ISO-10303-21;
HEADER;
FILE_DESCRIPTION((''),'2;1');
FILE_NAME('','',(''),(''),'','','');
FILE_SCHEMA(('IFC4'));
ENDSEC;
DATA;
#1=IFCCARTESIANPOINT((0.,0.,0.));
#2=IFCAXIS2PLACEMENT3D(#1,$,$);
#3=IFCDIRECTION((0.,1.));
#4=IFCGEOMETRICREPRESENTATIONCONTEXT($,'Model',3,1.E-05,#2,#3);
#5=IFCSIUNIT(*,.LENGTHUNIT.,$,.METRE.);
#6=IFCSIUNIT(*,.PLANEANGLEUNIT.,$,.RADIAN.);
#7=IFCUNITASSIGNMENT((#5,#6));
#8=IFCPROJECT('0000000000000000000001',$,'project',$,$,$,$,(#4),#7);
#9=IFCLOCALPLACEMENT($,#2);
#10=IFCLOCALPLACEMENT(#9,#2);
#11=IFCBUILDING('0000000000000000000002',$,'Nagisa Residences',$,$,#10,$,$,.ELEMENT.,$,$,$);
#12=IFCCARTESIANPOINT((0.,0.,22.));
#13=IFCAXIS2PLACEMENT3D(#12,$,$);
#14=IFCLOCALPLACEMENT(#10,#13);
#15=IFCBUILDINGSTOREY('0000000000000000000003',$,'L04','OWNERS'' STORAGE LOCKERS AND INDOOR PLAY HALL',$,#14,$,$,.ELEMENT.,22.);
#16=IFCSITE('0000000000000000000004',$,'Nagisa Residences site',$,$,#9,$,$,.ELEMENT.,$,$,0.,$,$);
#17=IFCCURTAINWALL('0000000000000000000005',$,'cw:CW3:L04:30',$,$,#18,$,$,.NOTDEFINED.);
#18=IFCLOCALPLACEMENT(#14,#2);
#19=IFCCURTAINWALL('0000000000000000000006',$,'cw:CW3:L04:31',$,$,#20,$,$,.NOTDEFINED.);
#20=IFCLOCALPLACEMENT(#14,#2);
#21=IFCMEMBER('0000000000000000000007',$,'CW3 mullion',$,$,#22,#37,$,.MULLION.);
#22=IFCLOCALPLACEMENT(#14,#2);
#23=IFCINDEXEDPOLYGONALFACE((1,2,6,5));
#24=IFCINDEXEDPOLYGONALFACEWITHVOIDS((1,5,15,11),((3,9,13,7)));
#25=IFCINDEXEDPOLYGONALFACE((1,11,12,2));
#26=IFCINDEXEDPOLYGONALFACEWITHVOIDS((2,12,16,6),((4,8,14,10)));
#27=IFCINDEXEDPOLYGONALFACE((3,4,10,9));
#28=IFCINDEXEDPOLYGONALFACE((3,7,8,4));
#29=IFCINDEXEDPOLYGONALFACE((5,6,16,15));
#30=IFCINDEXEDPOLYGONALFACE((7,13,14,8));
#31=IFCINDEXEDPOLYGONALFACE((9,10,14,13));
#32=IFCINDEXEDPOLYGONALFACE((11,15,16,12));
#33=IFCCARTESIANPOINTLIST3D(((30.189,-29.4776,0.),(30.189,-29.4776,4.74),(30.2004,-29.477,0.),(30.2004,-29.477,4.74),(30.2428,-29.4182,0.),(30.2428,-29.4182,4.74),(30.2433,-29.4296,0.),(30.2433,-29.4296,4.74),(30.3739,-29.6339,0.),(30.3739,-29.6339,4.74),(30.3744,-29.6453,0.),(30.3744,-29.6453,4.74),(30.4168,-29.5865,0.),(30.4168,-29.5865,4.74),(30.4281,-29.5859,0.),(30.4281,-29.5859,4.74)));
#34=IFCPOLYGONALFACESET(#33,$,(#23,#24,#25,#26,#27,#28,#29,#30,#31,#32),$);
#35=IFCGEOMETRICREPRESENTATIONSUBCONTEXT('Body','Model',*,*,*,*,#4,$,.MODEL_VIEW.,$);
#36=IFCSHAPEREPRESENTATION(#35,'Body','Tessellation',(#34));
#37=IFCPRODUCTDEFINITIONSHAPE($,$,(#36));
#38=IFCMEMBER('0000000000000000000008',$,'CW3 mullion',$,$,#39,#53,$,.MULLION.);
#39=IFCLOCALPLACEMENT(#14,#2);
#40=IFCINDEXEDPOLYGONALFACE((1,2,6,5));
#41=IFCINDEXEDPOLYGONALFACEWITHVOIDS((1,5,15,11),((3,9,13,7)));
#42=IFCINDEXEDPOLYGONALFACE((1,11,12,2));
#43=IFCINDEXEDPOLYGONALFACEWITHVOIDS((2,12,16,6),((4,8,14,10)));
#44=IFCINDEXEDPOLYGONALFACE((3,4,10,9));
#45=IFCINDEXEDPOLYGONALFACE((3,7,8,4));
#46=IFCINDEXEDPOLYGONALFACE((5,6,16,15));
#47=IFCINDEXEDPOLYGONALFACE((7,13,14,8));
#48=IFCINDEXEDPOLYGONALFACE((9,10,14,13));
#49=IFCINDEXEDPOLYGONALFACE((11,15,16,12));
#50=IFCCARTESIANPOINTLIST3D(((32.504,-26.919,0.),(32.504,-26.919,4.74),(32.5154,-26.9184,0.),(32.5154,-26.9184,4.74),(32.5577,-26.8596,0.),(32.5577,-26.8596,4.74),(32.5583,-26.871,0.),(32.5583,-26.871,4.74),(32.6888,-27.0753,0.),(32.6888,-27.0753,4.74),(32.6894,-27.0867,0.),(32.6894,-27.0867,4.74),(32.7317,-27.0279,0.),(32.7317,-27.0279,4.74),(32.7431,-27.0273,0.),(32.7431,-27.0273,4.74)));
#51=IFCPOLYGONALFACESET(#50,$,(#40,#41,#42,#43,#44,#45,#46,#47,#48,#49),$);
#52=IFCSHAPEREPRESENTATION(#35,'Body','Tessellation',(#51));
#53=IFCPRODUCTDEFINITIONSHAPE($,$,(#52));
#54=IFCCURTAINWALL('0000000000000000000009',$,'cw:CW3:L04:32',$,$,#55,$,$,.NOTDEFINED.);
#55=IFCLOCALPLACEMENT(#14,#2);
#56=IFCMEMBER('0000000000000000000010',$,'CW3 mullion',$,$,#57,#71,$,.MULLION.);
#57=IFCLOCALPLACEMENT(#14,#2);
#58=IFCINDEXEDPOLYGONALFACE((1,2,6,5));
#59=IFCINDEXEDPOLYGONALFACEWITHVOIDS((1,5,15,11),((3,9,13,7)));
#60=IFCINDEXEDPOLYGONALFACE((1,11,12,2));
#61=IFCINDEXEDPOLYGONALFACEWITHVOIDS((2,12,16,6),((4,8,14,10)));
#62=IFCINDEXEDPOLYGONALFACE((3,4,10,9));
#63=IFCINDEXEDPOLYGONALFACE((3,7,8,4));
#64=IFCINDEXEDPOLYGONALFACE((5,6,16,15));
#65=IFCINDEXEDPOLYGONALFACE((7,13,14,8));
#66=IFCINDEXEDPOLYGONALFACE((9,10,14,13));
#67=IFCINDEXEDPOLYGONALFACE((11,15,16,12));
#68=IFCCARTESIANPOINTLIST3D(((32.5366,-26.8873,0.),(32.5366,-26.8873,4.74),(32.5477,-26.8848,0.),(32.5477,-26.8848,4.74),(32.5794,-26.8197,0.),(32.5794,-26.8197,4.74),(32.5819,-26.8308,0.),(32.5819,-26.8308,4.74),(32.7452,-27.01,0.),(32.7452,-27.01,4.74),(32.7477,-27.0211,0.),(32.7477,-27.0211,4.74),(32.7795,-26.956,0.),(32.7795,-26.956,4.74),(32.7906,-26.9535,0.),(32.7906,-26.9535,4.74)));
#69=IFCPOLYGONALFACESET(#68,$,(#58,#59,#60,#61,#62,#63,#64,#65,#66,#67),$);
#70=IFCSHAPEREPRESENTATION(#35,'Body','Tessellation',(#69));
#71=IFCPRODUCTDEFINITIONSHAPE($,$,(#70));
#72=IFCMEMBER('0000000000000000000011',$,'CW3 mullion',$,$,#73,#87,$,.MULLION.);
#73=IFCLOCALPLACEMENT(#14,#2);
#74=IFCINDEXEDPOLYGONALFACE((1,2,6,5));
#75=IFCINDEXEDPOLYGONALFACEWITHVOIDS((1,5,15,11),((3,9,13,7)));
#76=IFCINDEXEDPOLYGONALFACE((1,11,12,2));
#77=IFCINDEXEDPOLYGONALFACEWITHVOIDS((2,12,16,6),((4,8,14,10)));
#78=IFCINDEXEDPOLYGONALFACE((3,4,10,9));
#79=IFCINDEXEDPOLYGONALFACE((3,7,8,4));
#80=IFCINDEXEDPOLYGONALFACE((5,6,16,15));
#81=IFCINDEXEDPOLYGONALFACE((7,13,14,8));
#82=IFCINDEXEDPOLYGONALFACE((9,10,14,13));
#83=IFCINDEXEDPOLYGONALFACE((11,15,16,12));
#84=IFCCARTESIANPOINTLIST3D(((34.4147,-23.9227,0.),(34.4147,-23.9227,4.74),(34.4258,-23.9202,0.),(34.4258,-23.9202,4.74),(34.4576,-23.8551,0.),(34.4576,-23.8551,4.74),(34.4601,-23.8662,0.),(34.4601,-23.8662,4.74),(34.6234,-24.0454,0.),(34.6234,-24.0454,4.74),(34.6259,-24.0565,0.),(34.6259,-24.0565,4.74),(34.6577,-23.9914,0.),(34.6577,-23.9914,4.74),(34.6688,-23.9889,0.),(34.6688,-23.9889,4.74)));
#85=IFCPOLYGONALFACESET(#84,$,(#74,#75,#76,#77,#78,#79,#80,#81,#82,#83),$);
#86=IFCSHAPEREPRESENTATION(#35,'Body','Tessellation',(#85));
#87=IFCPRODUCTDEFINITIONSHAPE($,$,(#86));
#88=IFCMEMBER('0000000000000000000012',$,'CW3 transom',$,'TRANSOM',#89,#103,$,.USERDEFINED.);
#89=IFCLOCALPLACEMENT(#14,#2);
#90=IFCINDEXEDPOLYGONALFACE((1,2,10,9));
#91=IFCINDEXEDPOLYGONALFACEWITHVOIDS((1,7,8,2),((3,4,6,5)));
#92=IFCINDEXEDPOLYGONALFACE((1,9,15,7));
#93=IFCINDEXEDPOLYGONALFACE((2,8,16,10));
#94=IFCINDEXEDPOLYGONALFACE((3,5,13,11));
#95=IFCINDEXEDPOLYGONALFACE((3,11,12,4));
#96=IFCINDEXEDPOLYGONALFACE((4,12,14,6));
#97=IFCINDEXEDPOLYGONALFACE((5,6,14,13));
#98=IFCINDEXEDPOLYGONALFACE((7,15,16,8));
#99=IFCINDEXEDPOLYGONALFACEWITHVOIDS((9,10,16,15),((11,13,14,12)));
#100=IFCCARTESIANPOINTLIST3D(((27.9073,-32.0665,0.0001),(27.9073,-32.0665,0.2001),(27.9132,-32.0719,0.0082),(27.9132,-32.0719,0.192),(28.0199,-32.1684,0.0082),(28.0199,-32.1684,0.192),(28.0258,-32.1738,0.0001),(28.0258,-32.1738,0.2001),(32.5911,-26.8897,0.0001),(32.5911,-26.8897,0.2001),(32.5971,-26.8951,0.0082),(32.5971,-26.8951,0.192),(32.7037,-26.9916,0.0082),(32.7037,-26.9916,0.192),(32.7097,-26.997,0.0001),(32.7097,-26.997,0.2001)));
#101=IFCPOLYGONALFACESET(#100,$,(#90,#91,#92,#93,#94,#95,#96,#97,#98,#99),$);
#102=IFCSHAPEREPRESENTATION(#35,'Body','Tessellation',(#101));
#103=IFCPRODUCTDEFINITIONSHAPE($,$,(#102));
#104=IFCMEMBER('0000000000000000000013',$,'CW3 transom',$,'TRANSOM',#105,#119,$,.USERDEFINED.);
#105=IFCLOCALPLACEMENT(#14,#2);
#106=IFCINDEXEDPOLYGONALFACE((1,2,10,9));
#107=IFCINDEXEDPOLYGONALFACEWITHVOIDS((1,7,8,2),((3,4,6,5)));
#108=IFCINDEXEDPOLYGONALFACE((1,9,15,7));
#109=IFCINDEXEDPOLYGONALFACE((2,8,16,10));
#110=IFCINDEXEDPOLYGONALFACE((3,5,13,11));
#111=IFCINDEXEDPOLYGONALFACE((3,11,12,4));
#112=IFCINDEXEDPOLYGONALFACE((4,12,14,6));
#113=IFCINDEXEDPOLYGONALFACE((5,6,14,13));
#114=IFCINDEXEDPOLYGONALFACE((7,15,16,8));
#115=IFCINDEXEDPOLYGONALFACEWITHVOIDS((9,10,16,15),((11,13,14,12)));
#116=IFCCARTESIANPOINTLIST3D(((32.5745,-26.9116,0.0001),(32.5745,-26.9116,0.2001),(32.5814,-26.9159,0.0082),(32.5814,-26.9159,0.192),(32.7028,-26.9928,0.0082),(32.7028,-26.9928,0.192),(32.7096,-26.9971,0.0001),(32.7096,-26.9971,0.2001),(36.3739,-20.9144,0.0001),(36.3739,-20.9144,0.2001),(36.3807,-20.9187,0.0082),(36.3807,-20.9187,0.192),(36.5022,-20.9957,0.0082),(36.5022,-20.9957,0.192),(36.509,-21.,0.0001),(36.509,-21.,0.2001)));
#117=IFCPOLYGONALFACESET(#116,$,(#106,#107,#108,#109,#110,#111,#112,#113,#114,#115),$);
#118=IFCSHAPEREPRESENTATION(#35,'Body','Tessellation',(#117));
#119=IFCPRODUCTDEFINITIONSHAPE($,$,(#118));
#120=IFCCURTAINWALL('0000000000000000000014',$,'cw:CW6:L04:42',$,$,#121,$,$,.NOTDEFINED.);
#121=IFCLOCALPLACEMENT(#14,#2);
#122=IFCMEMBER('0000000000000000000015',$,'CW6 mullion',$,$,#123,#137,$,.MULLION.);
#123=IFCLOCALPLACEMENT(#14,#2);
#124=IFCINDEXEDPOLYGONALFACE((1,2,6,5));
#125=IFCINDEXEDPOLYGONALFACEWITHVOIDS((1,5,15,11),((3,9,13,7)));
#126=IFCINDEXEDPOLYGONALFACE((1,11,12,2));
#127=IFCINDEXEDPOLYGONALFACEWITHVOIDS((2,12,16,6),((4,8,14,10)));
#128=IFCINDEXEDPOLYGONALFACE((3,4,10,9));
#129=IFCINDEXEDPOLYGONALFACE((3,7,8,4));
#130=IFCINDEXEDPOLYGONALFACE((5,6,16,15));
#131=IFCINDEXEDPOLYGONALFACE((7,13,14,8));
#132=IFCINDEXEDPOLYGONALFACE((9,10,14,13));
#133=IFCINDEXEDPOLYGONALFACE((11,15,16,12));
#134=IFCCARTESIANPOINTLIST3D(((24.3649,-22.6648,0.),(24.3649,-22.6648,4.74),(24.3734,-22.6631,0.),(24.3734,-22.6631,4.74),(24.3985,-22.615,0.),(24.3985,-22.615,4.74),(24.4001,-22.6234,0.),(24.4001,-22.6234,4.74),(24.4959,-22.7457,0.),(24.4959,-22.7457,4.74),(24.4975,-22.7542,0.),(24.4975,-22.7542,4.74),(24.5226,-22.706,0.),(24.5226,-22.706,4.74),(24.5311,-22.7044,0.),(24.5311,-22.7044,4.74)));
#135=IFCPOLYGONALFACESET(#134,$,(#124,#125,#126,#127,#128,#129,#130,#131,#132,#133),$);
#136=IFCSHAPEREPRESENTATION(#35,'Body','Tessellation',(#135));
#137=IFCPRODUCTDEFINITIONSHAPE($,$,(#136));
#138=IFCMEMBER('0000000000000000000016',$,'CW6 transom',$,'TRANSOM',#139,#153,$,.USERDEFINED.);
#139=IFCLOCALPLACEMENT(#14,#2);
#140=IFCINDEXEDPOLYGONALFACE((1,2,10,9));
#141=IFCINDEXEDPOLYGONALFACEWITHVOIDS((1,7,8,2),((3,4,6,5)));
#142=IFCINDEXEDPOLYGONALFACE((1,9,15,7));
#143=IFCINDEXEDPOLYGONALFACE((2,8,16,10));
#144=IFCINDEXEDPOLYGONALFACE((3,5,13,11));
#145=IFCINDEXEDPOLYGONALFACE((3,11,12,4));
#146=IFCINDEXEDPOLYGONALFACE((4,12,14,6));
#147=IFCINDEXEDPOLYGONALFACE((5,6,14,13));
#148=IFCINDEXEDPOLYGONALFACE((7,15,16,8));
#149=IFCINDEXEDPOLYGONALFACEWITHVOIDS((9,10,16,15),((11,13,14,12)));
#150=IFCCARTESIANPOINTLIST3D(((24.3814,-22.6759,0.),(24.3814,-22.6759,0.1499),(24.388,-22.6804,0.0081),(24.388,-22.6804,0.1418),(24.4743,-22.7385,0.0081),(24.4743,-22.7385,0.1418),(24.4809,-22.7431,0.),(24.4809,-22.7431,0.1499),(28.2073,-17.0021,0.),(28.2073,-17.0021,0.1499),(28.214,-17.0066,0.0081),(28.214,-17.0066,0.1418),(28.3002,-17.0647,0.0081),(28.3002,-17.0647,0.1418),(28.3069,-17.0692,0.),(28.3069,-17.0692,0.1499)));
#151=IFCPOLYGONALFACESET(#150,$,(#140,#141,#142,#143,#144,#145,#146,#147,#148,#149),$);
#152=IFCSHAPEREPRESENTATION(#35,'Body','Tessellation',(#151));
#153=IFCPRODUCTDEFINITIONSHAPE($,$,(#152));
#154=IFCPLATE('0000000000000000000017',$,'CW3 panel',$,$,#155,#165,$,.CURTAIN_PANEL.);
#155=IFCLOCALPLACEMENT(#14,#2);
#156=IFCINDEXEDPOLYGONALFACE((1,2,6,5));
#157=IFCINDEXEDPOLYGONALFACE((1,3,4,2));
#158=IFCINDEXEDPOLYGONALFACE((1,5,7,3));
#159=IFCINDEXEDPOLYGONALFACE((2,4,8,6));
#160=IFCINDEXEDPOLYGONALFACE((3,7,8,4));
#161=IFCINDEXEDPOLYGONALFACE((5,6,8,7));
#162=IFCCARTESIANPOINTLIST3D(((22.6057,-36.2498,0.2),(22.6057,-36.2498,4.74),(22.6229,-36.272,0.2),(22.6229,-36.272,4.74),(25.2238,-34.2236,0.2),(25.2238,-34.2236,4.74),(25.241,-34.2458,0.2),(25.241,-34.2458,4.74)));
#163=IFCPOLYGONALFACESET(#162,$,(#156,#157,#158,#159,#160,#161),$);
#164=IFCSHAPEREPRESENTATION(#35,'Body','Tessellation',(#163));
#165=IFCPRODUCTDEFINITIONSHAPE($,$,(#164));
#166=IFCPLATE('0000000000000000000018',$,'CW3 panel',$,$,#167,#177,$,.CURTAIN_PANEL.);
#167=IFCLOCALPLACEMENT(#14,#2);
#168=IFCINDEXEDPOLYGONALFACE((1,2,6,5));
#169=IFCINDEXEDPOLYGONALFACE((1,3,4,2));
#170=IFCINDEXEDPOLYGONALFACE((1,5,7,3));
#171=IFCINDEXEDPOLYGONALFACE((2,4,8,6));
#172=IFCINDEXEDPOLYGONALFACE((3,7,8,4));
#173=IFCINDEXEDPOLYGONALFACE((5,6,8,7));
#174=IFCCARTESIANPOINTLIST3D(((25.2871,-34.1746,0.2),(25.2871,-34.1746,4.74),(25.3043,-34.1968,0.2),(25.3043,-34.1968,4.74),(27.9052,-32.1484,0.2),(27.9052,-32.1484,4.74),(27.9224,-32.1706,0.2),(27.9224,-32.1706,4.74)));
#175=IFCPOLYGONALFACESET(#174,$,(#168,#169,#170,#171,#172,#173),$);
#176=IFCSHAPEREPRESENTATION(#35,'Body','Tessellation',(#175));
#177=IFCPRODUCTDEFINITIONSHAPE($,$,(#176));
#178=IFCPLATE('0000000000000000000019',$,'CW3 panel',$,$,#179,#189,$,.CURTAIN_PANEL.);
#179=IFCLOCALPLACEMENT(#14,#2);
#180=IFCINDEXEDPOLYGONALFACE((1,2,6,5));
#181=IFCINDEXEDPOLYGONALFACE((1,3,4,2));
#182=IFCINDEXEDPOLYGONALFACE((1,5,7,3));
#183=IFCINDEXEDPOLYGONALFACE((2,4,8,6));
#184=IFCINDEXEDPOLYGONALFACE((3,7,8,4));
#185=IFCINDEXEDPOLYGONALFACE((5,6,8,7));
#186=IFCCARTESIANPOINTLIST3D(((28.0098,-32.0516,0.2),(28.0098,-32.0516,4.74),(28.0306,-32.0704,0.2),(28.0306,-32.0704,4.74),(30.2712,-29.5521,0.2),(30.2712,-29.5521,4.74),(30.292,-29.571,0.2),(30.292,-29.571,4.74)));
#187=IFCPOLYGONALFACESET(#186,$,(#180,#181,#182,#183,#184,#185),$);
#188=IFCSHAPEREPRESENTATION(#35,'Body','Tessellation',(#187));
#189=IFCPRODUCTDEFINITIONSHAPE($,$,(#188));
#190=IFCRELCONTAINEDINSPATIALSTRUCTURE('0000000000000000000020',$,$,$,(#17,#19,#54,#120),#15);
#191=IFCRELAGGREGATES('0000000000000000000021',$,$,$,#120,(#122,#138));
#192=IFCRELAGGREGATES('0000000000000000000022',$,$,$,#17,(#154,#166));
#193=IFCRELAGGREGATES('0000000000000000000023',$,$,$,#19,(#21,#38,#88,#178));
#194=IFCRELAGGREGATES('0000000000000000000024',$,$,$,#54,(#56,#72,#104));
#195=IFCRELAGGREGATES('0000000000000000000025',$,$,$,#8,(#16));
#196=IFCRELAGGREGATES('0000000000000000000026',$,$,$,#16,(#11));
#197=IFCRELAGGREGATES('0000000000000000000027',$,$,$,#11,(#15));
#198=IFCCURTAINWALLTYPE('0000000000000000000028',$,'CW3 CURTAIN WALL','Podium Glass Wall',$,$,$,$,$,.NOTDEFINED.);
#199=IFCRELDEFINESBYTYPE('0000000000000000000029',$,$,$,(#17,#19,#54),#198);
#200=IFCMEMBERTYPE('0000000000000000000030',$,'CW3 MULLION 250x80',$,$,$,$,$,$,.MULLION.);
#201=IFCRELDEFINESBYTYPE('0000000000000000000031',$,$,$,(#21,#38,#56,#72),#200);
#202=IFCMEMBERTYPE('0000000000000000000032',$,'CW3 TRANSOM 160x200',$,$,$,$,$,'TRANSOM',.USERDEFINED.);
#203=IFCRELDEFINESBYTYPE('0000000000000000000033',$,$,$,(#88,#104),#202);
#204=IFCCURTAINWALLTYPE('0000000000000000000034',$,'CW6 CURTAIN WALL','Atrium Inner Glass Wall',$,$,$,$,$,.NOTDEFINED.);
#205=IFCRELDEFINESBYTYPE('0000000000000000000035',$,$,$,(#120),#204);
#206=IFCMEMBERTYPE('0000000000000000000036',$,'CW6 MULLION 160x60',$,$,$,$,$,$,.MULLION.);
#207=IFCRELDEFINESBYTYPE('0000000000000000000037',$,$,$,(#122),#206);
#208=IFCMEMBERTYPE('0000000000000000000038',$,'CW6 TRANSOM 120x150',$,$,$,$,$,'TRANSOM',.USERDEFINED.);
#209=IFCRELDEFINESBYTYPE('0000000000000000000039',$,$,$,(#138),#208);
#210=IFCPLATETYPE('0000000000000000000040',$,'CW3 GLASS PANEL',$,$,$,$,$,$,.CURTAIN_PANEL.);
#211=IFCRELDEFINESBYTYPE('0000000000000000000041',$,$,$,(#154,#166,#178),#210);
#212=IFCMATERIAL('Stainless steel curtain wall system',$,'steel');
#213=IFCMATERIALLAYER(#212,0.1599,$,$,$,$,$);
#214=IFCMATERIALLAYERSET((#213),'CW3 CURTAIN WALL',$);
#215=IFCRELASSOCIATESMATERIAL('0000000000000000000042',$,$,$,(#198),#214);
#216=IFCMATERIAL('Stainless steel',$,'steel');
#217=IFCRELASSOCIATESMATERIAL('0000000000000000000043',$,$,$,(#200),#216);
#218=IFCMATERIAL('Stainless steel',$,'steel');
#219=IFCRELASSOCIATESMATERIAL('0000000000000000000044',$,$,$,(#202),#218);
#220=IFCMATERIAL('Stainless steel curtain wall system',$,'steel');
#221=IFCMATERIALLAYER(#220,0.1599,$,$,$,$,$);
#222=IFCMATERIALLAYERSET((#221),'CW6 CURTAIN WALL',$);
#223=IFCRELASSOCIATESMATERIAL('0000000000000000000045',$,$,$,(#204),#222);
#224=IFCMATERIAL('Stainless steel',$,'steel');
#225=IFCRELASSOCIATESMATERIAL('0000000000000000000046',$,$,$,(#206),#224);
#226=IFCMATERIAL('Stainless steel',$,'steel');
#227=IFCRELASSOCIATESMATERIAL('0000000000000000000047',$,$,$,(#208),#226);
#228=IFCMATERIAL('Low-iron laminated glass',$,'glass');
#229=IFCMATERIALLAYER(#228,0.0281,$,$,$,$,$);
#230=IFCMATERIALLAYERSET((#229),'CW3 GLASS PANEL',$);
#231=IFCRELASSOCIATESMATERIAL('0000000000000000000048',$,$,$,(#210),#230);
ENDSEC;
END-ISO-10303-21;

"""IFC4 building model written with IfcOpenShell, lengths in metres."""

from ifc_helpers import new_model, si_unit, direction, frame, origin, origin_2d, place, context, subcontext, project, spatial, rectangle, hollow_rectangle, extrude, material, layer, layer_set, material_profile, profile_set, type_object, element, aggregate, save


model = new_model("IFC4")

# Units and contexts
model_context = context("Model", 3, precision=1e-05, world=origin(), true_north=direction((0.0, 1.0)))
body_context = subcontext(model_context, "Body", "Model", "MODEL_VIEW")
ifc_project = project(units=[si_unit("LENGTHUNIT", "METRE"), si_unit("PLANEANGLEUNIT", "RADIAN")], contexts=[model_context])

# Site, building, storey
site_placement = place(None, origin())
site = spatial("IfcSite", under=ifc_project, at=site_placement, Name="Nagisa Residences site", CompositionType="ELEMENT", RefElevation=0.0)
building_placement = place(site_placement, origin())
building = spatial("IfcBuilding", under=site, at=building_placement, Name="Nagisa Residences", CompositionType="ELEMENT")
storey_placement = place(building_placement, frame((0.0, 0.0, 22.0)))
storey = spatial("IfcBuildingStorey", under=building, at=storey_placement, Name="L04", Description="OWNERS' STORAGE LOCKERS AND INDOOR PLAY HALL", CompositionType="ELEMENT", Elevation=22.0)

# Curtain walls, members
ifc_material_1 = material(Name="Stainless steel curtain wall system", Category="steel")
ifc_layer_1 = layer(ifc_material_1, 0.1599)
ifc_layer_set_1 = layer_set([ifc_layer_1], Name="CW3 CURTAIN WALL")
curtain_wall_type_1 = type_object("IfcCurtainWallType", Name="CW3 CURTAIN WALL", Description="Podium Glass Wall", PredefinedType="NOTDEFINED", material=ifc_layer_set_1)
curtain_wall_1_placement = place(storey_placement, origin())
curtain_wall_1 = element("IfcCurtainWall", 1, at=curtain_wall_1_placement, inside=storey, type_object=curtain_wall_type_1, Name="cw:CW3:L04:30", PredefinedType="NOTDEFINED")
ifc_material_2 = material(Name="Stainless steel", Category="steel")
ifc_material_profile_1 = material_profile(ifc_material_2, hollow_rectangle(XDim=0.25, YDim=0.0801, WallThickness=0.0081, at=origin_2d()), Name="CW3 MULLION 250x80")
ifc_profile_set_1 = profile_set([ifc_material_profile_1], Name="Stainless steel")
member_type_1 = type_object("IfcMemberType", Name="CW3 MULLION 250x80", PredefinedType="MULLION", material=ifc_profile_set_1)
curtain_wall_2_placement = place(storey_placement, origin())
curtain_wall_2 = element("IfcCurtainWall", 2, at=curtain_wall_2_placement, inside=storey, type_object=curtain_wall_type_1, Name="cw:CW3:L04:31", PredefinedType="NOTDEFINED")
member_1_placement = place(storey_placement, frame((30.3086, -29.5317, 0.0), z_axis=(0.0, 0.0, 1.0), x_axis=(-0.741536, 0.670913, 0.0)))
member_1 = element("IfcMember", 3, at=member_1_placement, type_object=member_type_1, Name="CW3 mullion", PredefinedType="MULLION", context=body_context, shape_type="SweptSolid", body=[
    extrude(hollow_rectangle(XDim=0.25, YDim=0.0801, WallThickness=0.0081, at=origin_2d()), origin(), (0.0, 0.0, 1.0), 4.74),
])
member_2_placement = place(storey_placement, frame((32.6235, -26.9731, 0.0), z_axis=(0.0, 0.0, 1.0), x_axis=(-0.741536, 0.670913, 0.0)))
member_2 = element("IfcMember", 4, at=member_2_placement, type_object=member_type_1, Name="CW3 mullion", PredefinedType="MULLION", context=body_context, shape_type="SweptSolid", body=[
    extrude(hollow_rectangle(XDim=0.25, YDim=0.0801, WallThickness=0.0081, at=origin_2d()), origin(), (0.0, 0.0, 1.0), 4.74),
])
curtain_wall_3_placement = place(storey_placement, origin())
curtain_wall_3 = element("IfcCurtainWall", 5, at=curtain_wall_3_placement, inside=storey, type_object=curtain_wall_type_1, Name="cw:CW3:L04:32", PredefinedType="NOTDEFINED")
member_3_placement = place(storey_placement, frame((32.6636, -26.9204, 0.0), z_axis=(0.0, 0.0, 1.0), x_axis=(-0.844747, 0.535165, 0.0)))
member_3 = element("IfcMember", 6, at=member_3_placement, type_object=member_type_1, Name="CW3 mullion", PredefinedType="MULLION", context=body_context, shape_type="SweptSolid", body=[
    extrude(hollow_rectangle(XDim=0.25, YDim=0.0801, WallThickness=0.0081, at=origin_2d()), origin(), (0.0, 0.0, 1.0), 4.74),
])
member_4_placement = place(storey_placement, frame((34.5417, -23.9558, 0.0), z_axis=(0.0, 0.0, 1.0), x_axis=(-0.844747, 0.535165, 0.0)))
member_4 = element("IfcMember", 7, at=member_4_placement, type_object=member_type_1, Name="CW3 mullion", PredefinedType="MULLION", context=body_context, shape_type="SweptSolid", body=[
    extrude(hollow_rectangle(XDim=0.25, YDim=0.0801, WallThickness=0.0081, at=origin_2d()), origin(), (0.0, 0.0, 1.0), 4.74),
])

# Members
ifc_material_3 = material(Name="Stainless steel", Category="steel")
ifc_material_profile_2 = material_profile(ifc_material_3, hollow_rectangle(XDim=0.1599, YDim=0.2, WallThickness=0.0081, at=origin_2d()), Name="CW3 TRANSOM 160x200")
ifc_profile_set_2 = profile_set([ifc_material_profile_2], Name="Stainless steel")
member_type_2 = type_object("IfcMemberType", Name="CW3 TRANSOM 160x200", ElementType="TRANSOM", PredefinedType="USERDEFINED", material=ifc_profile_set_2)
member_5_placement = place(storey_placement, frame((27.9666, -32.1201, 0.1001), z_axis=(0.670922, 0.741528, 0.0), x_axis=(-0.741528, 0.670922, 0.0)))
member_5 = element("IfcMember", 8, at=member_5_placement, type_object=member_type_2, Name="CW3 transom", ObjectType="TRANSOM", PredefinedType="USERDEFINED", context=body_context, shape_type="SweptSolid", body=[
    extrude(hollow_rectangle(XDim=0.1599, YDim=0.2, WallThickness=0.0081, at=origin_2d()), origin(), (0.0, 0.0, 1.0), 6.9812),
])
member_6_placement = place(storey_placement, frame((32.6421, -26.9543, 0.1001), z_axis=(0.53517, 0.844744, 0.0), x_axis=(-0.844744, 0.53517, 0.0)))
member_6 = element("IfcMember", 9, at=member_6_placement, type_object=member_type_2, Name="CW3 transom", ObjectType="TRANSOM", PredefinedType="USERDEFINED", context=body_context, shape_type="SweptSolid", body=[
    extrude(hollow_rectangle(XDim=0.1599, YDim=0.2, WallThickness=0.0081, at=origin_2d()), origin(), (0.0, 0.0, 1.0), 7.0994),
])

# Curtain wall, members
ifc_material_4 = material(Name="Stainless steel curtain wall system", Category="steel")
ifc_layer_2 = layer(ifc_material_4, 0.1599)
ifc_layer_set_2 = layer_set([ifc_layer_2], Name="CW6 CURTAIN WALL")
curtain_wall_type_2 = type_object("IfcCurtainWallType", Name="CW6 CURTAIN WALL", Description="Atrium Inner Glass Wall", PredefinedType="NOTDEFINED", material=ifc_layer_set_2)
curtain_wall_4_placement = place(storey_placement, origin())
curtain_wall_4 = element("IfcCurtainWall", 10, at=curtain_wall_4_placement, inside=storey, type_object=curtain_wall_type_2, Name="cw:CW6:L04:42", PredefinedType="NOTDEFINED")
ifc_material_5 = material(Name="Stainless steel", Category="steel")
ifc_material_profile_3 = material_profile(ifc_material_5, hollow_rectangle(XDim=0.1599, YDim=0.0601, WallThickness=0.0061, at=origin_2d()), Name="CW6 MULLION 160x60")
ifc_profile_set_3 = profile_set([ifc_material_profile_3], Name="Stainless steel")
member_type_3 = type_object("IfcMemberType", Name="CW6 MULLION 160x60", PredefinedType="MULLION", material=ifc_profile_set_3)
member_7_placement = place(storey_placement, frame((24.448, -22.6846, 0.0), z_axis=(0.0, 0.0, 1.0), x_axis=(-0.829111, 0.559084, 0.0)))
member_7 = element("IfcMember", 11, at=member_7_placement, type_object=member_type_3, Name="CW6 mullion", PredefinedType="MULLION", context=body_context, shape_type="SweptSolid", body=[
    extrude(hollow_rectangle(XDim=0.1599, YDim=0.0601, WallThickness=0.0061, at=origin_2d()), origin(), (0.0, 0.0, 1.0), 4.74),
])
ifc_material_6 = material(Name="Stainless steel", Category="steel")
ifc_material_profile_4 = material_profile(ifc_material_6, hollow_rectangle(XDim=0.1201, YDim=0.1499, WallThickness=0.0081, at=origin_2d()), Name="CW6 TRANSOM 120x150")
ifc_profile_set_4 = profile_set([ifc_material_profile_4], Name="Stainless steel")
member_type_4 = type_object("IfcMemberType", Name="CW6 TRANSOM 120x150", ElementType="TRANSOM", PredefinedType="USERDEFINED", material=ifc_profile_set_4)
member_8_placement = place(storey_placement, frame((24.4312, -22.7095, 0.075), z_axis=(0.559081, 0.829113, 0.0), x_axis=(-0.829113, 0.559081, 0.0)))
member_8 = element("IfcMember", 12, at=member_8_placement, type_object=member_type_4, Name="CW6 transom", ObjectType="TRANSOM", PredefinedType="USERDEFINED", context=body_context, shape_type="SweptSolid", body=[
    extrude(hollow_rectangle(XDim=0.1201, YDim=0.1499, WallThickness=0.0081, at=origin_2d()), origin(), (0.0, 0.0, 1.0), 6.8433),
])
aggregate(curtain_wall_4, [member_7, member_8])

# Plates
ifc_material_7 = material(Name="Low-iron laminated glass", Category="glass")
ifc_layer_3 = layer(ifc_material_7, 0.0281)
ifc_layer_set_3 = layer_set([ifc_layer_3], Name="CW3 GLASS PANEL")
plate_type = type_object("IfcPlateType", Name="CW3 GLASS PANEL", PredefinedType="CURTAIN_PANEL", material=ifc_layer_set_3)
plate_1_placement = place(storey_placement, frame((23.9233, -35.2478, 0.2), z_axis=(0.0, 0.0, 1.0), x_axis=(0.790831, 0.612035, 0.0)))
plate_1 = element("IfcPlate", 13, at=plate_1_placement, type_object=plate_type, Name="CW3 panel", PredefinedType="CURTAIN_PANEL", context=body_context, shape_type="SweptSolid", body=[
    extrude(rectangle(XDim=3.3105, YDim=0.0281, at=origin_2d()), origin(), (0.0, 0.0, 1.0), 4.54),
])
plate_2_placement = place(storey_placement, frame((26.6047, -33.1726, 0.2), z_axis=(0.0, 0.0, 1.0), x_axis=(0.790831, 0.612035, 0.0)))
plate_2 = element("IfcPlate", 14, at=plate_2_placement, type_object=plate_type, Name="CW3 panel", PredefinedType="CURTAIN_PANEL", context=body_context, shape_type="SweptSolid", body=[
    extrude(rectangle(XDim=3.3105, YDim=0.0281, at=origin_2d()), origin(), (0.0, 0.0, 1.0), 4.54),
])
aggregate(curtain_wall_1, [plate_1, plate_2])
plate_3_placement = place(storey_placement, frame((29.1509, -30.8113, 0.2), z_axis=(0.0, 0.0, 1.0), x_axis=(0.670913, 0.741536, 0.0)))
plate_3 = element("IfcPlate", 15, at=plate_3_placement, type_object=plate_type, Name="CW3 panel", PredefinedType="CURTAIN_PANEL", context=body_context, shape_type="SweptSolid", body=[
    extrude(rectangle(XDim=3.3706, YDim=0.0281, at=origin_2d()), origin(), (0.0, 0.0, 1.0), 4.54),
])
aggregate(curtain_wall_2, [member_1, member_2, member_5, plate_3])
aggregate(curtain_wall_3, [member_3, member_4, member_6])

save(model, "model.ifc")
